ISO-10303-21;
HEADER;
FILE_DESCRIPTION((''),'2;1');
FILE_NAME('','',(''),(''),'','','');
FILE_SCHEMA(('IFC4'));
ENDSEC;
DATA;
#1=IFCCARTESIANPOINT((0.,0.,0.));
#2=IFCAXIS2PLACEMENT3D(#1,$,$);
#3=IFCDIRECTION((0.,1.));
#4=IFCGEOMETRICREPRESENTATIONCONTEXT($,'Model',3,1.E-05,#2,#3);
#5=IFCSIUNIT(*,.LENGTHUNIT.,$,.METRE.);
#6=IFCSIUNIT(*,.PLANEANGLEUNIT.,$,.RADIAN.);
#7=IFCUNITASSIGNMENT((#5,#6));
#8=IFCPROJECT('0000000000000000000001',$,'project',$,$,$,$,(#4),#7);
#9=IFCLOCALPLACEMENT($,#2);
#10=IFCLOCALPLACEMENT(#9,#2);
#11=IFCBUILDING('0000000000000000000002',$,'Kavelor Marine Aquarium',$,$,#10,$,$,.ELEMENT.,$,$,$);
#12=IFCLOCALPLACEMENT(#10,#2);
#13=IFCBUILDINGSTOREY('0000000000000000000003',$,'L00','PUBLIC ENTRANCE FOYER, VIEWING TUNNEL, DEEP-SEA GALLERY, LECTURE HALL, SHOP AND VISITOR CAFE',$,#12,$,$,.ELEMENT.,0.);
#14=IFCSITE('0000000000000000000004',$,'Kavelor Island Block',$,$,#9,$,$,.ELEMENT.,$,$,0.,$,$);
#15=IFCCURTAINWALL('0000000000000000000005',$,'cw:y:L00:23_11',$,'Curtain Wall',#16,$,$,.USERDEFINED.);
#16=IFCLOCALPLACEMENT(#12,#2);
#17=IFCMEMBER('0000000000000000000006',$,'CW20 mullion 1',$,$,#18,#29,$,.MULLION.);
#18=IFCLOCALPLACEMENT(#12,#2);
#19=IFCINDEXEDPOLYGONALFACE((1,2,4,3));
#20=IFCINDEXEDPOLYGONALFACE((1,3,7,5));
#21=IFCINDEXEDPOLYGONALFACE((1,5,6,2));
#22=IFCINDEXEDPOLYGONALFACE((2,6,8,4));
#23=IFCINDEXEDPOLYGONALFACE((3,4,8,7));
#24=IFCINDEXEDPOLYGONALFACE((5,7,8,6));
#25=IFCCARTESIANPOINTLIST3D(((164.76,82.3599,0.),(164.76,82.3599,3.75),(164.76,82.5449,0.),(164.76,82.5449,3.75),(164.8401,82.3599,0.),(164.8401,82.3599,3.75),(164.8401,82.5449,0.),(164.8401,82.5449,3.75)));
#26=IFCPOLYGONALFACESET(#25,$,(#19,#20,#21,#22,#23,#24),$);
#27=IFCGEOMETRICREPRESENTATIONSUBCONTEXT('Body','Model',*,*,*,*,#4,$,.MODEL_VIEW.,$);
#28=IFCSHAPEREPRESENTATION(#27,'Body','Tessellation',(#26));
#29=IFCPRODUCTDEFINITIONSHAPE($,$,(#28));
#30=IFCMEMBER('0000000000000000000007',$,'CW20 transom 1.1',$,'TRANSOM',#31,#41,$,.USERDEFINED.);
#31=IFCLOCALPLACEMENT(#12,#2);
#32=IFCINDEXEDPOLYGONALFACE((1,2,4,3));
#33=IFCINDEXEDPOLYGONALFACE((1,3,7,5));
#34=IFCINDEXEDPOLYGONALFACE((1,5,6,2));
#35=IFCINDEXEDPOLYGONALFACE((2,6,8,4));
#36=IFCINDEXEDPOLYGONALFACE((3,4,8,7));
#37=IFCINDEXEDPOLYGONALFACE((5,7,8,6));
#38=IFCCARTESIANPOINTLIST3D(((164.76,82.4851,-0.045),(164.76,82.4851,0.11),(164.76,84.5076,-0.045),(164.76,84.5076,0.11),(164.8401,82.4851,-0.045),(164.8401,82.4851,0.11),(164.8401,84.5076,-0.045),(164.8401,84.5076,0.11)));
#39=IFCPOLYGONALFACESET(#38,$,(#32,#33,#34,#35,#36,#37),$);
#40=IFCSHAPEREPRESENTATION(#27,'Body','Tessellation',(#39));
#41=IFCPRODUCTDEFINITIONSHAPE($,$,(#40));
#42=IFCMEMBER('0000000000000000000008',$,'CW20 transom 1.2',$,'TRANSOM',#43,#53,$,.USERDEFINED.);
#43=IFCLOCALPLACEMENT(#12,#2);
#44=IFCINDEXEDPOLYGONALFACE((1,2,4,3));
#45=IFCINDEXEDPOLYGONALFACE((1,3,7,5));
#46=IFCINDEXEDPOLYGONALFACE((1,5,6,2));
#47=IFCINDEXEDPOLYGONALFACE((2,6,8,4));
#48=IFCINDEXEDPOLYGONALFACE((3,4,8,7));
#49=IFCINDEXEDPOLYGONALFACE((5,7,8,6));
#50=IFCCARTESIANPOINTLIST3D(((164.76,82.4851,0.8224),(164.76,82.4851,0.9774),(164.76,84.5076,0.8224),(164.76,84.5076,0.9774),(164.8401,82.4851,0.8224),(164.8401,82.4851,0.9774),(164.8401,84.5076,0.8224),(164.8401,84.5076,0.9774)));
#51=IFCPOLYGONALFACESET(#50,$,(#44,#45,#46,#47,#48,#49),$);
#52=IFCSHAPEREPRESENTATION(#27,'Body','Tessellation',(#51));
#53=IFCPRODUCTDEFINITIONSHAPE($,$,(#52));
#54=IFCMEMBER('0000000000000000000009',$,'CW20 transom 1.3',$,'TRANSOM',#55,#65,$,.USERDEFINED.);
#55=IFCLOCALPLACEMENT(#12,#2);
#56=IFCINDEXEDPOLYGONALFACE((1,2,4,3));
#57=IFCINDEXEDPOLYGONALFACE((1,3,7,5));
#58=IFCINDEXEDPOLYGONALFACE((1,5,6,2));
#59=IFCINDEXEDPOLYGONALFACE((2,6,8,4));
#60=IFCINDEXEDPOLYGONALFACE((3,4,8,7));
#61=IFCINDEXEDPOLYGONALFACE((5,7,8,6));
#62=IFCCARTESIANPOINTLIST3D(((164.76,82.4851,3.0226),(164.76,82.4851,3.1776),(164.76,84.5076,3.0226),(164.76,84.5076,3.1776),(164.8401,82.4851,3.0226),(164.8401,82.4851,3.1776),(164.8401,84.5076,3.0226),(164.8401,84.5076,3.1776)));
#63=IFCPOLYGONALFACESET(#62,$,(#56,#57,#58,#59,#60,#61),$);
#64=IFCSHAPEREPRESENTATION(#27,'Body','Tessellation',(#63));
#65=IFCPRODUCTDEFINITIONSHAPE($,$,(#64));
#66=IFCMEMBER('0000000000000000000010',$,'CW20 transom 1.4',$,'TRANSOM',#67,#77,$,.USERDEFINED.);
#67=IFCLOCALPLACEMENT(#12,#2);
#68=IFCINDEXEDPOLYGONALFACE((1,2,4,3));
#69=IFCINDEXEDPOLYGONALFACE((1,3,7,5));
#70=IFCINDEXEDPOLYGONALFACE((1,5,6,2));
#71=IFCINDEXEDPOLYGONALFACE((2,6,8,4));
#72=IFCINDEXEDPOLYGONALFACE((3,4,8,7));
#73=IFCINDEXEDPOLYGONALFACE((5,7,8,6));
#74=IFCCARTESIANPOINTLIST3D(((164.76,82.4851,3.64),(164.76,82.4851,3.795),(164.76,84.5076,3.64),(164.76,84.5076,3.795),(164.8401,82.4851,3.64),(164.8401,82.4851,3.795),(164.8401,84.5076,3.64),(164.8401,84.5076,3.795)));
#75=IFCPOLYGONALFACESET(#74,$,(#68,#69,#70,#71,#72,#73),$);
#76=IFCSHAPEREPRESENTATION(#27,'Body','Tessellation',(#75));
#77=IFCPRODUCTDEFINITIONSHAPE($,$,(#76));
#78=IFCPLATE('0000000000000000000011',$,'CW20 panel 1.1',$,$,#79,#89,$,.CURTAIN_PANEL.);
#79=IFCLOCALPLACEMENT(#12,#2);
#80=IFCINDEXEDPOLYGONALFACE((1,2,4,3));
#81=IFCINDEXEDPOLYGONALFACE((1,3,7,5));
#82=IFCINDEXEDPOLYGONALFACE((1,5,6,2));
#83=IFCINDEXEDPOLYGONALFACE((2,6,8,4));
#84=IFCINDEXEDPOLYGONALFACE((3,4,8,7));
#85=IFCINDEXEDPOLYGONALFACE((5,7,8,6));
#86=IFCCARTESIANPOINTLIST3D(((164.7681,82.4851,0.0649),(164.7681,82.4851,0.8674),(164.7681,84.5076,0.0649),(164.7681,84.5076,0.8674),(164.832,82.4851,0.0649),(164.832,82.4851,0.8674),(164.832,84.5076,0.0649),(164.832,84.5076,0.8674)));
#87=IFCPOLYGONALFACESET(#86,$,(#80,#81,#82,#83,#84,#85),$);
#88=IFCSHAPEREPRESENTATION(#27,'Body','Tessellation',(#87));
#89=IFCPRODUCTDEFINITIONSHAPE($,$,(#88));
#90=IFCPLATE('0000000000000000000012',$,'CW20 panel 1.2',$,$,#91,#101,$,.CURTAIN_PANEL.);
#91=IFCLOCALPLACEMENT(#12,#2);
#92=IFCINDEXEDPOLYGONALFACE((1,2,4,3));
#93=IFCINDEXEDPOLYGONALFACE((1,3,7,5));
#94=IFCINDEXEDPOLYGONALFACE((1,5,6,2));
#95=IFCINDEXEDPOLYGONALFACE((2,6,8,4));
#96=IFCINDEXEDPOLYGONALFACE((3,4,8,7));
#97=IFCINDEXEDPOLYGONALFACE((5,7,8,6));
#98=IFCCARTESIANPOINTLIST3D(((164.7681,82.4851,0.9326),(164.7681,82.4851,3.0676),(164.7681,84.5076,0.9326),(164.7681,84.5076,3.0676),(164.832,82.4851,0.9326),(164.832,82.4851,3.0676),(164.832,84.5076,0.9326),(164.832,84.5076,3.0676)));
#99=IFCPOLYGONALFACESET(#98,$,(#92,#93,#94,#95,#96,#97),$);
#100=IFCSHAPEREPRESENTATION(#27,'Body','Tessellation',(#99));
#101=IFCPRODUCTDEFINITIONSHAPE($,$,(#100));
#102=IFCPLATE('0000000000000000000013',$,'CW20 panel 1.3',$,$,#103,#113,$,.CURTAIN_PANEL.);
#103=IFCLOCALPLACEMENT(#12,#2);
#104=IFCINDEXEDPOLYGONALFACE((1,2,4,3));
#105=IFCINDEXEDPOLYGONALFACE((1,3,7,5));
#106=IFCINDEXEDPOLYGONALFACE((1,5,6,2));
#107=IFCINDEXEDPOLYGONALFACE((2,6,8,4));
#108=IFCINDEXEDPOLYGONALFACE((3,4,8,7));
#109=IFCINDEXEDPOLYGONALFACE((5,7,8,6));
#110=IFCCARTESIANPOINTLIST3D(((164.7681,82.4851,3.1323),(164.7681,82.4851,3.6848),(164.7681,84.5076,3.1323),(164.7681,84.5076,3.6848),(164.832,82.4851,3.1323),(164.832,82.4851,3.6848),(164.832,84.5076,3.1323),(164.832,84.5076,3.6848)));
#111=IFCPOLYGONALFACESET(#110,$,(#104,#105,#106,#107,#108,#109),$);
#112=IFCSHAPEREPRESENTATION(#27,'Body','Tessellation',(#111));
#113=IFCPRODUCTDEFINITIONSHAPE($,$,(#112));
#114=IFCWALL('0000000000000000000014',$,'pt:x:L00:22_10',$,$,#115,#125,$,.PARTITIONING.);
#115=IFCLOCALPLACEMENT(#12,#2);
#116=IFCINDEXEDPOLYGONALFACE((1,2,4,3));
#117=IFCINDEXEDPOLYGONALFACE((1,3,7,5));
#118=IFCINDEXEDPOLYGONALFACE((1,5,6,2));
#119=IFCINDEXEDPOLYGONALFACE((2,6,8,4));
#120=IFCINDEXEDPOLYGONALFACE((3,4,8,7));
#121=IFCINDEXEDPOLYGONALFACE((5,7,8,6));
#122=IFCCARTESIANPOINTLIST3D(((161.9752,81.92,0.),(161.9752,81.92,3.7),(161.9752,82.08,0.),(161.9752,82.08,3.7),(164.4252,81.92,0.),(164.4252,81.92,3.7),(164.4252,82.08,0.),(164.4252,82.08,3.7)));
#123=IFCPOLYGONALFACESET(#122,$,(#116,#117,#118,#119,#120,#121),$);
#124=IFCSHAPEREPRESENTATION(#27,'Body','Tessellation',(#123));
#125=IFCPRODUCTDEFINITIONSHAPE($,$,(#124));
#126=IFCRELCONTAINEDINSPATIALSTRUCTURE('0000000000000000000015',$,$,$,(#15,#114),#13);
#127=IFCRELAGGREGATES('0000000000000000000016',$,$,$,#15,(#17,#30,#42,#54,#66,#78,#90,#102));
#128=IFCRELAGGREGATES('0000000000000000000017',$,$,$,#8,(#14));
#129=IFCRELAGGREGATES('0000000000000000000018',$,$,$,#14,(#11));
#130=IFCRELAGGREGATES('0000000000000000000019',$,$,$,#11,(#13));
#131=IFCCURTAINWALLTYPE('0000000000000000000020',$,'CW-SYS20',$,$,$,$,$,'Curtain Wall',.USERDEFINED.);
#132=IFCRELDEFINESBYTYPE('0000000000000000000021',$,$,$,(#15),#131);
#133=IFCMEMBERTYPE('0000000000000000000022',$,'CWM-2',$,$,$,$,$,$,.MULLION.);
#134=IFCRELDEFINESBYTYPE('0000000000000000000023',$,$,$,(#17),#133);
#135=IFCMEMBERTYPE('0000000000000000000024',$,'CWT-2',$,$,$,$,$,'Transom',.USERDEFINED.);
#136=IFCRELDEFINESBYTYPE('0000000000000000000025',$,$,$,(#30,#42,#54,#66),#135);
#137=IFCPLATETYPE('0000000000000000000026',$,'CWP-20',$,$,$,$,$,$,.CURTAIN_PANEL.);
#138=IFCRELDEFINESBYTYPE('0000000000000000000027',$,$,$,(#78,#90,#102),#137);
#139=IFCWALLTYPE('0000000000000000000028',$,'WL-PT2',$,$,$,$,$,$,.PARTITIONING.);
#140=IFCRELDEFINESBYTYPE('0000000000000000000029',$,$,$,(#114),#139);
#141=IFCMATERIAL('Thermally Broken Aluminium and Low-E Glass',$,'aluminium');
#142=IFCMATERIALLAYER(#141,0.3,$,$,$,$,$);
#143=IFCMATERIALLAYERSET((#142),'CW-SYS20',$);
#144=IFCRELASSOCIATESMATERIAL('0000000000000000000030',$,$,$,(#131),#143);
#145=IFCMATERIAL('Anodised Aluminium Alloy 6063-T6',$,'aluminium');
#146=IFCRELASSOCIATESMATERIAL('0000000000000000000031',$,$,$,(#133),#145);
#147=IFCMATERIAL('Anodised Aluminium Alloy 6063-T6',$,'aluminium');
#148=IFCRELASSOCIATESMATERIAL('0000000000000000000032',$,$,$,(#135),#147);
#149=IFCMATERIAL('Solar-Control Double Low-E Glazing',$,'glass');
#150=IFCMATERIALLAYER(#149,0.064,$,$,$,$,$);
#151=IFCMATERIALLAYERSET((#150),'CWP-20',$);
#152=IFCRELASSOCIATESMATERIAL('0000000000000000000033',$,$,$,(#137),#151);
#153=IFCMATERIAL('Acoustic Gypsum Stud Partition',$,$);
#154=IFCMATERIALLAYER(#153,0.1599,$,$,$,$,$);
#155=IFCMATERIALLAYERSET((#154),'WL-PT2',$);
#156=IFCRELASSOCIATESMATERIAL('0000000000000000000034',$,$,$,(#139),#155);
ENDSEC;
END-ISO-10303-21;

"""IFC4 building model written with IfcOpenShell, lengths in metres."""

from ifc_helpers import new_model, si_unit, direction, frame, frame_2d, origin, origin_2d, place, context, subcontext, project, spatial, rectangle, extrude, material, layer, layer_set, material_profile, profile_set, type_object, element, aggregate, save


model = new_model("IFC4")

# Units and contexts
model_context = context("Model", 3, precision=1e-05, world=origin(), true_north=direction((0.0, 1.0)))
body_context = subcontext(model_context, "Body", "Model", "MODEL_VIEW")
ifc_project = project(units=[si_unit("LENGTHUNIT", "METRE"), si_unit("PLANEANGLEUNIT", "RADIAN")], contexts=[model_context])

# Site, building, storey
site_placement = place(None, origin())
site = spatial("IfcSite", under=ifc_project, at=site_placement, Name="Kavelor Island Block", CompositionType="ELEMENT", RefElevation=0.0)
building_placement = place(site_placement, origin())
building = spatial("IfcBuilding", under=site, at=building_placement, Name="Kavelor Marine Aquarium", CompositionType="ELEMENT")
storey_placement = place(building_placement, origin())
storey = spatial("IfcBuildingStorey", under=building, at=storey_placement, Name="L00", Description="PUBLIC ENTRANCE FOYER, VIEWING TUNNEL, DEEP-SEA GALLERY, LECTURE HALL, SHOP AND VISITOR CAFE", CompositionType="ELEMENT", Elevation=0.0)

# Curtain wall, members, plates
ifc_material_1 = material(Name="Thermally Broken Aluminium and Low-E Glass", Category="aluminium")
ifc_layer_1 = layer(ifc_material_1, 0.3)
ifc_layer_set_1 = layer_set([ifc_layer_1], Name="CW-SYS20")
curtain_wall_type = type_object("IfcCurtainWallType", Name="CW-SYS20", ElementType="Curtain Wall", PredefinedType="USERDEFINED", material=ifc_layer_set_1)
curtain_wall_placement = place(storey_placement, origin())
curtain_wall = element("IfcCurtainWall", 1, at=curtain_wall_placement, inside=storey, type_object=curtain_wall_type, Name="cw:y:L00:23_11", ObjectType="Curtain Wall", PredefinedType="USERDEFINED")
ifc_material_2 = material(Name="Anodised Aluminium Alloy 6063-T6", Category="aluminium")
ifc_material_profile_1 = material_profile(ifc_material_2, rectangle(XDim=0.0801, YDim=0.1851, at=origin_2d()), Name="CW-MUL 80x185")
ifc_profile_set_1 = profile_set([ifc_material_profile_1], Name="Anodised Aluminium Alloy 6063-T6")
member_type_1 = type_object("IfcMemberType", Name="CWM-2", PredefinedType="MULLION", material=ifc_profile_set_1)
member_1_placement = place(storey_placement, frame((164.8, 82.4524, 0.0), z_axis=(0.0, 0.0, 1.0), x_axis=(-1.0, 0.0, 0.0)))
member_1 = element("IfcMember", 2, at=member_1_placement, type_object=member_type_1, Name="CW20 mullion 1", PredefinedType="MULLION", context=body_context, shape_type="SweptSolid", body=[
    extrude(rectangle(XDim=0.0801, YDim=0.1851, at=origin_2d()), origin(), (0.0, 0.0, 1.0), 3.75),
])
ifc_material_3 = material(Name="Anodised Aluminium Alloy 6063-T6", Category="aluminium")
ifc_material_profile_2 = material_profile(ifc_material_3, rectangle(XDim=0.0801, YDim=0.155, at=origin_2d()), Name="CW-TRN 80x155")
ifc_profile_set_2 = profile_set([ifc_material_profile_2], Name="Anodised Aluminium Alloy 6063-T6")
member_type_2 = type_object("IfcMemberType", Name="CWT-2", ElementType="Transom", PredefinedType="USERDEFINED", material=ifc_profile_set_2)
member_2_placement = place(storey_placement, frame((164.8, 82.4851, 0.0325), z_axis=(0.0, 1.0, 0.0), x_axis=(-1.0, 0.0, 0.0)))
member_2 = element("IfcMember", 3, at=member_2_placement, type_object=member_type_2, Name="CW20 transom 1.1", ObjectType="TRANSOM", PredefinedType="USERDEFINED", context=body_context, shape_type="SweptSolid", body=[
    extrude(rectangle(XDim=0.0801, YDim=0.155, at=origin_2d()), origin(), (0.0, 0.0, 1.0), 2.0225),
])
member_3_placement = place(storey_placement, frame((164.8, 82.4851, 0.8999), z_axis=(0.0, 1.0, 0.0), x_axis=(-1.0, 0.0, 0.0)))
member_3 = element("IfcMember", 4, at=member_3_placement, type_object=member_type_2, Name="CW20 transom 1.2", ObjectType="TRANSOM", PredefinedType="USERDEFINED", context=body_context, shape_type="SweptSolid", body=[
    extrude(rectangle(XDim=0.0801, YDim=0.155, at=origin_2d()), origin(), (0.0, 0.0, 1.0), 2.0225),
])
member_4_placement = place(storey_placement, frame((164.8, 82.4851, 3.1001), z_axis=(0.0, 1.0, 0.0), x_axis=(-1.0, 0.0, 0.0)))
member_4 = element("IfcMember", 5, at=member_4_placement, type_object=member_type_2, Name="CW20 transom 1.3", ObjectType="TRANSOM", PredefinedType="USERDEFINED", context=body_context, shape_type="SweptSolid", body=[
    extrude(rectangle(XDim=0.0801, YDim=0.155, at=origin_2d()), origin(), (0.0, 0.0, 1.0), 2.0225),
])
member_5_placement = place(storey_placement, frame((164.8, 82.4851, 3.7175), z_axis=(0.0, 1.0, 0.0), x_axis=(-1.0, 0.0, 0.0)))
member_5 = element("IfcMember", 6, at=member_5_placement, type_object=member_type_2, Name="CW20 transom 1.4", ObjectType="TRANSOM", PredefinedType="USERDEFINED", context=body_context, shape_type="SweptSolid", body=[
    extrude(rectangle(XDim=0.0801, YDim=0.155, at=origin_2d()), origin(), (0.0, 0.0, 1.0), 2.0225),
])
ifc_material_4 = material(Name="Solar-Control Double Low-E Glazing", Category="glass")
ifc_layer_2 = layer(ifc_material_4, 0.064)
ifc_layer_set_2 = layer_set([ifc_layer_2], Name="CWP-20")
plate_type = type_object("IfcPlateType", Name="CWP-20", PredefinedType="CURTAIN_PANEL", material=ifc_layer_set_2)
plate_1_placement = place(storey_placement, frame((164.8, 83.4963, 0.0649), z_axis=(0.0, 0.0, 1.0), x_axis=(0.0, 1.0, 0.0)))
plate_1 = element("IfcPlate", 7, at=plate_1_placement, type_object=plate_type, Name="CW20 panel 1.1", PredefinedType="CURTAIN_PANEL", context=body_context, shape_type="SweptSolid", body=[
    extrude(rectangle(XDim=2.0225, YDim=0.064, at=origin_2d()), origin(), (0.0, 0.0, 1.0), 0.8025),
])
plate_2_placement = place(storey_placement, frame((164.8, 83.4963, 0.9326), z_axis=(0.0, 0.0, 1.0), x_axis=(0.0, 1.0, 0.0)))
plate_2 = element("IfcPlate", 8, at=plate_2_placement, type_object=plate_type, Name="CW20 panel 1.2", PredefinedType="CURTAIN_PANEL", context=body_context, shape_type="SweptSolid", body=[
    extrude(rectangle(XDim=2.0225, YDim=0.064, at=origin_2d()), origin(), (0.0, 0.0, 1.0), 2.135),
])
plate_3_placement = place(storey_placement, frame((164.8, 83.4963, 3.1323), z_axis=(0.0, 0.0, 1.0), x_axis=(0.0, 1.0, 0.0)))
plate_3 = element("IfcPlate", 9, at=plate_3_placement, type_object=plate_type, Name="CW20 panel 1.3", PredefinedType="CURTAIN_PANEL", context=body_context, shape_type="SweptSolid", body=[
    extrude(rectangle(XDim=2.0225, YDim=0.064, at=origin_2d()), origin(), (0.0, 0.0, 1.0), 0.5525),
])
aggregate(curtain_wall, [member_1, member_2, member_3, member_4, member_5, plate_1, plate_2, plate_3])

# Wall
ifc_material_5 = material(Name="Acoustic Gypsum Stud Partition")
ifc_layer_3 = layer(ifc_material_5, 0.1599)
ifc_layer_set_3 = layer_set([ifc_layer_3], Name="WL-PT2")
wall_type_1 = type_object("IfcWallType", Name="WL-PT2", PredefinedType="PARTITIONING", material=ifc_layer_set_3)
wall_1_placement = place(storey_placement, frame((161.9751, 82.0, 0.0), z_axis=(0.0, 0.0, 1.0), x_axis=(1.0, 0.0, 0.0)))
element("IfcWall", 10, at=wall_1_placement, inside=storey, type_object=wall_type_1, Name="pt:x:L00:22_10", PredefinedType="PARTITIONING", context=body_context, shape_type="SweptSolid", body=[
    extrude(rectangle(XDim=2.45, YDim=0.1599, at=frame_2d((1.2251, 0.0))), origin(), (0.0, 0.0, 1.0), 3.7),
])

save(model, "model.ifc")
